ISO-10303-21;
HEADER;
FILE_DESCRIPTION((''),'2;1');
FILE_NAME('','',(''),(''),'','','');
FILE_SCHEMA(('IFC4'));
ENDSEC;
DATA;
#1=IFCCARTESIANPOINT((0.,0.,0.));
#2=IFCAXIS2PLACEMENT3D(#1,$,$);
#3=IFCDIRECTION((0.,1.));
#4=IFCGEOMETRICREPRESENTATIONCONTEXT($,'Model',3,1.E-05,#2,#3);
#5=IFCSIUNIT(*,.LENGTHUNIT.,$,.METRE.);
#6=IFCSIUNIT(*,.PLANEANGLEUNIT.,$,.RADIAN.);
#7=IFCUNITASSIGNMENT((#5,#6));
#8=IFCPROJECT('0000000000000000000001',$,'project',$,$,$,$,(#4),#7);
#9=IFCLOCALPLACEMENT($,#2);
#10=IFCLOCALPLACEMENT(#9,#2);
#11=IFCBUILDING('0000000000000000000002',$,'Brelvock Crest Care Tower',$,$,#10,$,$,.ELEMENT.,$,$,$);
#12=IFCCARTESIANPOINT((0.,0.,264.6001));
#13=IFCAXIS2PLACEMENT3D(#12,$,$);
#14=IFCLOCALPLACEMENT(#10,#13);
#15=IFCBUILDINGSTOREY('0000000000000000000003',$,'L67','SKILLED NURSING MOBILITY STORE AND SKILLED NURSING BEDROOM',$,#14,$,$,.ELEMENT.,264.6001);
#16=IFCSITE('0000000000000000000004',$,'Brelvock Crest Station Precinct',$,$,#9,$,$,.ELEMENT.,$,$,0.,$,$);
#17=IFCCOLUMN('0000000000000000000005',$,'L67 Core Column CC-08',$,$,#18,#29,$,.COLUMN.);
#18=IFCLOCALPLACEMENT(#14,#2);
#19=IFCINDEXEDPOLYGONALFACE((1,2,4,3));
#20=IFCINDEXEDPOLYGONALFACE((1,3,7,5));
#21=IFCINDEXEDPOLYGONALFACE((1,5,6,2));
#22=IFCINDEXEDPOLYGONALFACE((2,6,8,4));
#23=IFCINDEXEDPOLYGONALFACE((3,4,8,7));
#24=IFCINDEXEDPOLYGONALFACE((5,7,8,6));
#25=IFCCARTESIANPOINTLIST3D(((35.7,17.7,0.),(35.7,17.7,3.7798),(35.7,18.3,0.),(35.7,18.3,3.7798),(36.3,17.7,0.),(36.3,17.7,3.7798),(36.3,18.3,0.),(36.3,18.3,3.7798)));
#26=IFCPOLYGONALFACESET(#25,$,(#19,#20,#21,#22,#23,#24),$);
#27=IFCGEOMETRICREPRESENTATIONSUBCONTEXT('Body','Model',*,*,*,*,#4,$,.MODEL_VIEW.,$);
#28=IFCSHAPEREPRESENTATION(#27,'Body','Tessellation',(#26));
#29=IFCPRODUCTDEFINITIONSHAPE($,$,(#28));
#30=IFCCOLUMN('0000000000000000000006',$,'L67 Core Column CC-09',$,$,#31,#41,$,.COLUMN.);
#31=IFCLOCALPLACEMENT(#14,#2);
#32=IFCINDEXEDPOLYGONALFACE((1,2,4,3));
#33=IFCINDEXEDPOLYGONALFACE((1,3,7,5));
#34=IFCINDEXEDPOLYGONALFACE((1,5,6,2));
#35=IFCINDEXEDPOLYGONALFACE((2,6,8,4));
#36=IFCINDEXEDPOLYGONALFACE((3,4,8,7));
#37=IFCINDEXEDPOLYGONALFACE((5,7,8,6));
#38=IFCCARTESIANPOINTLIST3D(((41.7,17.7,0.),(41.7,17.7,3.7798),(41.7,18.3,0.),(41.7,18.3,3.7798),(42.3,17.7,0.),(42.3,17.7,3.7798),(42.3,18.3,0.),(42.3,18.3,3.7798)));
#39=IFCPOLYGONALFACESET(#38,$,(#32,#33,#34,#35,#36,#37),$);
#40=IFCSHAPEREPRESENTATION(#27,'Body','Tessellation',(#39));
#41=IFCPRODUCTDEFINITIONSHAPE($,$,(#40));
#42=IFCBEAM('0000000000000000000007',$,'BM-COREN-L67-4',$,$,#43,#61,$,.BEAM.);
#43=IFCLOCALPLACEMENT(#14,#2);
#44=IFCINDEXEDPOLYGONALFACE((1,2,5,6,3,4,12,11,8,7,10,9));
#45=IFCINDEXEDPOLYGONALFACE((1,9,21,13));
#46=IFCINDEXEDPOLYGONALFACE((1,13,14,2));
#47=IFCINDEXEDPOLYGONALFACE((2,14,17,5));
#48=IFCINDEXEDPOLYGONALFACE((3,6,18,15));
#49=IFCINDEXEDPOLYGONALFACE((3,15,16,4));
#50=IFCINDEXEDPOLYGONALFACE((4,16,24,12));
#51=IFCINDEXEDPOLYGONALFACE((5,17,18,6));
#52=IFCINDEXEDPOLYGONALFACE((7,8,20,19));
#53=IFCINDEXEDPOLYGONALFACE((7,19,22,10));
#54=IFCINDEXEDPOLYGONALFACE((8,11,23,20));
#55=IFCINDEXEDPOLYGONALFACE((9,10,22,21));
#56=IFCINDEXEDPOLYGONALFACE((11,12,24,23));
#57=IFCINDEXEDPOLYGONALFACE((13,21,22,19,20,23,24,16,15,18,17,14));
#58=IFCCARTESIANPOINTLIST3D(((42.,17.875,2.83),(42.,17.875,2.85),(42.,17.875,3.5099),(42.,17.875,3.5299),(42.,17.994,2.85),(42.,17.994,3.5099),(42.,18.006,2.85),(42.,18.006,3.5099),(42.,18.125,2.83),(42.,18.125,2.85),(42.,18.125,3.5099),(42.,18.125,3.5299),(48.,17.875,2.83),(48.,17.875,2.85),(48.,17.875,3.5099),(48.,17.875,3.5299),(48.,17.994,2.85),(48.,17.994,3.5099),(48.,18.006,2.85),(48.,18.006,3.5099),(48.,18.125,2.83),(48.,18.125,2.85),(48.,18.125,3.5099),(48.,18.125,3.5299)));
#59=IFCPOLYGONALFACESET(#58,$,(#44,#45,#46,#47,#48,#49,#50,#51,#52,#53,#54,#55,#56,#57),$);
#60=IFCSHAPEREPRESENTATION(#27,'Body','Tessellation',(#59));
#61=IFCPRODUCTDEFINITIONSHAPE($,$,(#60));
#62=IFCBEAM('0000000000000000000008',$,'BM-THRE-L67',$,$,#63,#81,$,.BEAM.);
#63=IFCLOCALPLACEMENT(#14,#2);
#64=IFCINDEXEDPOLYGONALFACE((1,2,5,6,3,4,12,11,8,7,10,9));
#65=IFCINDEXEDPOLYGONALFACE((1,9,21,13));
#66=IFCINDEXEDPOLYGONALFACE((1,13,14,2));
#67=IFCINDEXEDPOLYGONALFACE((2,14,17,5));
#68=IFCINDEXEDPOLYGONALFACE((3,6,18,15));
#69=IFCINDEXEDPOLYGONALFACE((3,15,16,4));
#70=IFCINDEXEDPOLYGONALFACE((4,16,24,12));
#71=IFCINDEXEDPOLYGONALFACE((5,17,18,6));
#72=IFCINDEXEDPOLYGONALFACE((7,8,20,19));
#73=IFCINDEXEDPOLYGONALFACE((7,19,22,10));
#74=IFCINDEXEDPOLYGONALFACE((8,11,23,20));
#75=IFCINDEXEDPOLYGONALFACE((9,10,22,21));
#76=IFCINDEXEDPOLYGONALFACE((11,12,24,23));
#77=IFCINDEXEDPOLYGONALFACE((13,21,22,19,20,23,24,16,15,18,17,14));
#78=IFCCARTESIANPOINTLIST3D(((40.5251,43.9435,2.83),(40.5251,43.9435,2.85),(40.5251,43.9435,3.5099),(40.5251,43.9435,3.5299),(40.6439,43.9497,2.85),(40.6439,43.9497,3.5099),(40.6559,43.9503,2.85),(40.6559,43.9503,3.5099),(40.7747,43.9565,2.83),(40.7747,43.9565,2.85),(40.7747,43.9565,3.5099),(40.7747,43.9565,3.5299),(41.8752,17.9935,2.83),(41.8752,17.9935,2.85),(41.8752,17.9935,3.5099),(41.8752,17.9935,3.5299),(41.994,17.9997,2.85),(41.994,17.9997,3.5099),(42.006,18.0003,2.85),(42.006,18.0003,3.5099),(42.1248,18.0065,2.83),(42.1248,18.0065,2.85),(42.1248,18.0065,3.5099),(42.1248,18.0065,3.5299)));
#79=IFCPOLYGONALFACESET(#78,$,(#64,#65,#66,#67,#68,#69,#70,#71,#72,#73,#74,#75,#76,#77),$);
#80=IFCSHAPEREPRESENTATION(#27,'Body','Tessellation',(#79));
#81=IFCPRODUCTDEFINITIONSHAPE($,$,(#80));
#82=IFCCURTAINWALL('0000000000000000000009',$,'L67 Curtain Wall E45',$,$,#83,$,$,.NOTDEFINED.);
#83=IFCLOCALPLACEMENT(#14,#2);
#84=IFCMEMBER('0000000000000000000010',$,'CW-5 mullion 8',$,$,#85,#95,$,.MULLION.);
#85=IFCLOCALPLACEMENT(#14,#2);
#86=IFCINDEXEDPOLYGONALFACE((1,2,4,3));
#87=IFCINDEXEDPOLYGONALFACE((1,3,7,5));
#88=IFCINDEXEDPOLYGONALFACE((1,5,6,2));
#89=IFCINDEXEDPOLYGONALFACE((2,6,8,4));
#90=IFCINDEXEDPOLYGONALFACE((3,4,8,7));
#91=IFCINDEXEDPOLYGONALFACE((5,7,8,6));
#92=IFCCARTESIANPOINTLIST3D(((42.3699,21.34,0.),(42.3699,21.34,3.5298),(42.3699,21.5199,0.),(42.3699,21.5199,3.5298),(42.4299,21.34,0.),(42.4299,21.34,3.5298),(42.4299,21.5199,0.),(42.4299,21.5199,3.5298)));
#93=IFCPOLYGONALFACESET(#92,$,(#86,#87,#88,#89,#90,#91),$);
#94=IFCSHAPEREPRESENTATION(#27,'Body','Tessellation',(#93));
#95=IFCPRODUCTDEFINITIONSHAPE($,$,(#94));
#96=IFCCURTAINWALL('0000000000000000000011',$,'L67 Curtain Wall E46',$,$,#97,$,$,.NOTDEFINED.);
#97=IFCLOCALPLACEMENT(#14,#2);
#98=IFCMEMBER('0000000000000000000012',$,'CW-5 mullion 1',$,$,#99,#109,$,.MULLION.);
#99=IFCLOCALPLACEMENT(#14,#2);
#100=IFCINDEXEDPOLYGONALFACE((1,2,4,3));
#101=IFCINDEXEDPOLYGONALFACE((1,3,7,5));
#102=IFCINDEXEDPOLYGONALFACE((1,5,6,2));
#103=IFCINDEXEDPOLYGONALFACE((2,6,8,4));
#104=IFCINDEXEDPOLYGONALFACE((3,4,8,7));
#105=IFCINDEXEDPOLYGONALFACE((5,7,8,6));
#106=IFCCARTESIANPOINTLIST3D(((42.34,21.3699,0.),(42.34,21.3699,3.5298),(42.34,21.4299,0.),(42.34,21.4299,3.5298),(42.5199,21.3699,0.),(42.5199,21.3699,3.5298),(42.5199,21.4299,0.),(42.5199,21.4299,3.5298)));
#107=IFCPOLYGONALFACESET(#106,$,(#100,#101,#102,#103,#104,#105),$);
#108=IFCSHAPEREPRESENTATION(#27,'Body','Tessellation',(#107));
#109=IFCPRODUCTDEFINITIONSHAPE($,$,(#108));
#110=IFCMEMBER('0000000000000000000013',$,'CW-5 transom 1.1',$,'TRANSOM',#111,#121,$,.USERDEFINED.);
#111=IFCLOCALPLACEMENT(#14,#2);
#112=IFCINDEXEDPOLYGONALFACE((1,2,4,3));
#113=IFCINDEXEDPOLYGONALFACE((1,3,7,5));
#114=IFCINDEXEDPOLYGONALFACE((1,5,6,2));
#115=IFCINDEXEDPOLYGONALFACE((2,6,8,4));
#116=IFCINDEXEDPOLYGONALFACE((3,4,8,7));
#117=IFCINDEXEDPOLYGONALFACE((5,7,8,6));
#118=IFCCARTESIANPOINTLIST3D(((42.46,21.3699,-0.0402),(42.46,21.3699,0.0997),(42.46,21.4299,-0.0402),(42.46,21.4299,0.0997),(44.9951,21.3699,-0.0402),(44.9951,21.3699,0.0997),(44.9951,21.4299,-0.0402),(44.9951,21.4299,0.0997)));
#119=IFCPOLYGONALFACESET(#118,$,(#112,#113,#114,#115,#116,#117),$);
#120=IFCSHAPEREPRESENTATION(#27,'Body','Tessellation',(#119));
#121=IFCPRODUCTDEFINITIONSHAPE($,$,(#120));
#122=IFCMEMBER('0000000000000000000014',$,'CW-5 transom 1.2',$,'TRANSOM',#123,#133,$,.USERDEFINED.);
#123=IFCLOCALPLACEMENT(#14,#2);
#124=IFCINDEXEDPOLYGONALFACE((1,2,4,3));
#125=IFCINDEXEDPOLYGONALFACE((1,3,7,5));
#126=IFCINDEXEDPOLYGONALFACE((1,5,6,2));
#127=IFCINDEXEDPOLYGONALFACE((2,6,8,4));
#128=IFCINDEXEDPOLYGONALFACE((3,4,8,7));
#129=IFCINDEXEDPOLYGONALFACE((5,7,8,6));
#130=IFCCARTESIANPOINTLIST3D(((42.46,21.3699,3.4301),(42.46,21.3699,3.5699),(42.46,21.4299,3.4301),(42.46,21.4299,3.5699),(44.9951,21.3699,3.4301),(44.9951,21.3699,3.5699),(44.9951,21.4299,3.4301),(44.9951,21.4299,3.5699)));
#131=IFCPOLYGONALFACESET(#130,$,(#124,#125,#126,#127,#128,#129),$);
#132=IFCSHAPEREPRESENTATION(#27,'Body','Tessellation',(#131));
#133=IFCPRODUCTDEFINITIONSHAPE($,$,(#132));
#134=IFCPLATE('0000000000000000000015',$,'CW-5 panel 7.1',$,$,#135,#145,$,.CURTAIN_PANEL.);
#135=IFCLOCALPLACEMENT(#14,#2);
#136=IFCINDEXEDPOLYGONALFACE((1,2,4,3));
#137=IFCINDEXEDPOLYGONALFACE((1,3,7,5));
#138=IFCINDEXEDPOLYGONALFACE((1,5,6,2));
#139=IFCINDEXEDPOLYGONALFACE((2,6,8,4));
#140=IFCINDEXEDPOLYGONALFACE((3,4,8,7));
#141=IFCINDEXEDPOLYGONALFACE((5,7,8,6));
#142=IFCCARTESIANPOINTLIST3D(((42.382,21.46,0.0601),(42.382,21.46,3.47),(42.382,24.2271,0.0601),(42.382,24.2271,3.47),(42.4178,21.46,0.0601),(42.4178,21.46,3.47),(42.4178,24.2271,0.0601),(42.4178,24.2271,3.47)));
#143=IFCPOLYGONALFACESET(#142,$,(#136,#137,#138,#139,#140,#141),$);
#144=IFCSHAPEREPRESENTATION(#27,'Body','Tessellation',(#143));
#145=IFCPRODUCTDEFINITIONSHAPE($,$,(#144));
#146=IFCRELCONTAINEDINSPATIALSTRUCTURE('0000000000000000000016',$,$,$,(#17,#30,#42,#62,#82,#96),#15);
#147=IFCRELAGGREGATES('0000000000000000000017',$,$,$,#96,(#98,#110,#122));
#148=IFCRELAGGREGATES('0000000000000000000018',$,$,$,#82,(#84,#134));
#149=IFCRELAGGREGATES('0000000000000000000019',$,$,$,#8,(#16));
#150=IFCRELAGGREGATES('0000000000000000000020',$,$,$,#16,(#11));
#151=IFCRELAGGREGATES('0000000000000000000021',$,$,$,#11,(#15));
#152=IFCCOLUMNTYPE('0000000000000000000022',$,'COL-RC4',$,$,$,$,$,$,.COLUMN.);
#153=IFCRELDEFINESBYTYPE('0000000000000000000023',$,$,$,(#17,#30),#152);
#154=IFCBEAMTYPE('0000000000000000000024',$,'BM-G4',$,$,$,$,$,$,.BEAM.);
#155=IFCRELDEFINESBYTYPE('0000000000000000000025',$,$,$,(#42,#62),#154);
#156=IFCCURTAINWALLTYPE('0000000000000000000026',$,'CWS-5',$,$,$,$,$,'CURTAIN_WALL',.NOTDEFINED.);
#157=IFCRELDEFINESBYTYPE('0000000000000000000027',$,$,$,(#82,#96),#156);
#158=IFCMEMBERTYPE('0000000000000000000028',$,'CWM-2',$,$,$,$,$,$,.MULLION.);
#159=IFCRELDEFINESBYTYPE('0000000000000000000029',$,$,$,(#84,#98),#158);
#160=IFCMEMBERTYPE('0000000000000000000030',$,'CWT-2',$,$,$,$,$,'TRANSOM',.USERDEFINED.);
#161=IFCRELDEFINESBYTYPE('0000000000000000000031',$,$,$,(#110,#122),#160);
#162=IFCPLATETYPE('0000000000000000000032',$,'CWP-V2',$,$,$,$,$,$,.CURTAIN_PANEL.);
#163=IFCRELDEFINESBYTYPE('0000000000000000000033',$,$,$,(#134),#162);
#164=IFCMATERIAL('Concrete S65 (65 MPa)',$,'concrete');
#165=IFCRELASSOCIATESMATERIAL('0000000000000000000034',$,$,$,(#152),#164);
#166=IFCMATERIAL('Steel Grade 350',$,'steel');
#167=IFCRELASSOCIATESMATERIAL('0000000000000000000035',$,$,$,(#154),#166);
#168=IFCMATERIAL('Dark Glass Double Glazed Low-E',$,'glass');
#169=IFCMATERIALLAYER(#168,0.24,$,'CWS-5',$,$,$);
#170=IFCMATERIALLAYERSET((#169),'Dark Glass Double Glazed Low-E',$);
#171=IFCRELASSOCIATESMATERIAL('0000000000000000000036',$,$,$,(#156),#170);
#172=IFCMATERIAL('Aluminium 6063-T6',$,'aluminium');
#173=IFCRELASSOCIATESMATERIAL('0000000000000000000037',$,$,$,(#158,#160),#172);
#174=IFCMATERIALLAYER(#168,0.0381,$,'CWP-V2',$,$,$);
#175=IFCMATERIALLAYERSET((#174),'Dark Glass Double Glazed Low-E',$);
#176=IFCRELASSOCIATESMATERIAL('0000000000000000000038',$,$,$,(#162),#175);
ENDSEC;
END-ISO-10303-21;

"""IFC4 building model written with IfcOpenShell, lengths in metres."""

from ifc_helpers import new_model, si_unit, direction, frame, origin, origin_2d, place, context, subcontext, project, spatial, rectangle, i_section, extrude, source, transform, mapped, material, layer, layer_set, material_profile, profile_set, type_object, element, aggregate, save


model = new_model("IFC4")

# Units and contexts
model_context = context("Model", 3, precision=1e-05, world=origin(), true_north=direction((0.0, 1.0)))
body_context = subcontext(model_context, "Body", "Model", "MODEL_VIEW")
ifc_project = project(units=[si_unit("LENGTHUNIT", "METRE"), si_unit("PLANEANGLEUNIT", "RADIAN")], contexts=[model_context])

# Site, building, storey
site_placement = place(None, origin())
site = spatial("IfcSite", under=ifc_project, at=site_placement, Name="Brelvock Crest Station Precinct", CompositionType="ELEMENT", RefElevation=0.0)
building_placement = place(site_placement, origin())
building = spatial("IfcBuilding", under=site, at=building_placement, Name="Brelvock Crest Care Tower", CompositionType="ELEMENT")
storey_placement = place(building_placement, frame((0.0, 0.0, 264.6001)))
storey = spatial("IfcBuildingStorey", under=building, at=storey_placement, Name="L67", Description="SKILLED NURSING MOBILITY STORE AND SKILLED NURSING BEDROOM", CompositionType="ELEMENT", Elevation=264.6001)

# Columns
ifc_material_1 = material(Name="Concrete S65 (65 MPa)", Category="concrete")
ifc_material_profile_1 = material_profile(ifc_material_1, rectangle(XDim=0.6001, YDim=0.6001, at=origin_2d()), Name="RC600x600")
ifc_profile_set_1 = profile_set([ifc_material_profile_1], Name="Concrete S65 (65 MPa)")
column_type = type_object("IfcColumnType", Name="COL-RC4", PredefinedType="COLUMN", material=ifc_profile_set_1)
shared_shape_1 = source(origin(), body_context, "Body", "SweptSolid", [
    extrude(rectangle(XDim=0.6001, YDim=0.6001, at=origin_2d()), origin(), (0.0, 0.0, 1.0), 3.7798),
])
for number, where, z_axis, x_axis, name in (
    (1, (36.0, 18.0, 0.0), (0.0, 0.0, 1.0), (1.0, 0.0, 0.0), "L67 Core Column CC-08"),
    (2, (42.0, 18.0, 0.0), (0.0, 0.0, 1.0), (1.0, 0.0, 0.0), "L67 Core Column CC-09"),
):
    element("IfcColumn", number, at=place(storey_placement, frame(where, z_axis=z_axis, x_axis=x_axis)), inside=storey, type_object=column_type, Name=name, PredefinedType="COLUMN", context=body_context, shape_type="MappedRepresentation", body=[
        mapped(shared_shape_1, transform((0.0, 0.0, 0.0), x_axis=(1.0, 0.0, 0.0), y_axis=(0.0, 1.0, 0.0), z_axis=(0.0, 0.0, 1.0), scale=1.0)),
    ])

# Beams
ifc_material_2 = material(Name="Steel Grade 350", Category="steel")
ifc_material_profile_2 = material_profile(ifc_material_2, i_section(OverallWidth=0.25, OverallDepth=0.7, WebThickness=0.012, FlangeThickness=0.02, at=origin_2d()), Name="700WB150")
ifc_profile_set_2 = profile_set([ifc_material_profile_2], Name="Steel Grade 350")
beam_type = type_object("IfcBeamType", Name="BM-G4", PredefinedType="BEAM", material=ifc_profile_set_2)
shared_shape_2 = source(origin(), body_context, "Body", "SweptSolid", [
    extrude(i_section(OverallWidth=0.25, OverallDepth=0.7, WebThickness=0.012, FlangeThickness=0.02, at=origin_2d()), origin(), (0.0, 0.0, 1.0), 6.0),
])
beam_1_placement = place(storey_placement, frame((42.0, 18.0, 3.1799), z_axis=(1.0, 0.0, 0.0), x_axis=(0.0, 1.0, 0.0)))
element("IfcBeam", 3, at=beam_1_placement, inside=storey, type_object=beam_type, Name="BM-COREN-L67-4", PredefinedType="BEAM", context=body_context, shape_type="MappedRepresentation", body=[
    mapped(shared_shape_2, transform((0.0, 0.0, 0.0), x_axis=(1.0, 0.0, 0.0), y_axis=(0.0, 1.0, 0.0), z_axis=(0.0, 0.0, 1.0), scale=1.0)),
])
shared_shape_3 = source(origin(), body_context, "Body", "SweptSolid", [
    extrude(i_section(OverallWidth=0.25, OverallDepth=0.7, WebThickness=0.012, FlangeThickness=0.02, at=origin_2d()), origin(), (0.0, 0.0, 1.0), 25.9851),
])
beam_2_placement = place(storey_placement, frame((42.0, 18.0, 3.1799), z_axis=(-0.051957, 0.998649, 0.0), x_axis=(-0.998649, -0.051957, 0.0)))
element("IfcBeam", 4, at=beam_2_placement, inside=storey, type_object=beam_type, Name="BM-THRE-L67", PredefinedType="BEAM", context=body_context, shape_type="MappedRepresentation", body=[
    mapped(shared_shape_3, transform((0.0, 0.0, 0.0), x_axis=(1.0, 0.0, 0.0), y_axis=(0.0, 1.0, 0.0), z_axis=(0.0, 0.0, 1.0), scale=1.0)),
])

# Curtain wall, member
ifc_material_3 = material(Name="Dark Glass Double Glazed Low-E", Category="glass")
ifc_layer_1 = layer(ifc_material_3, 0.24, Name="CWS-5")
ifc_layer_set_1 = layer_set([ifc_layer_1], Name="Dark Glass Double Glazed Low-E")
curtain_wall_type = type_object("IfcCurtainWallType", Name="CWS-5", ElementType="CURTAIN_WALL", PredefinedType="NOTDEFINED", material=ifc_layer_set_1)
curtain_wall_1_placement = place(storey_placement, origin())
curtain_wall_1 = element("IfcCurtainWall", 5, at=curtain_wall_1_placement, inside=storey, type_object=curtain_wall_type, Name="L67 Curtain Wall E45", PredefinedType="NOTDEFINED")
ifc_material_4 = material(Name="Aluminium 6063-T6", Category="aluminium")
ifc_material_profile_3 = material_profile(ifc_material_4, rectangle(XDim=0.0601, YDim=0.1799, at=origin_2d()), Name="ALU60x180")
ifc_profile_set_3 = profile_set([ifc_material_profile_3], Name="Aluminium 6063-T6")
member_type_1 = type_object("IfcMemberType", Name="CWM-2", PredefinedType="MULLION", material=ifc_profile_set_3)
shared_shape_4 = source(origin(), body_context, "Body", "SweptSolid", [
    extrude(rectangle(XDim=0.0601, YDim=0.1799, at=origin_2d()), origin(), (0.0, 0.0, 1.0), 3.5298),
])
member_1_placement = place(storey_placement, frame((42.3999, 21.4299, 0.0), z_axis=(0.0, 0.0, 1.0), x_axis=(1.0, 0.0, 0.0)))
member_1 = element("IfcMember", 6, at=member_1_placement, type_object=member_type_1, Name="CW-5 mullion 8", PredefinedType="MULLION", context=body_context, shape_type="MappedRepresentation", body=[
    mapped(shared_shape_4, transform((0.0, 0.0, 0.0), x_axis=(1.0, 0.0, 0.0), y_axis=(0.0, 1.0, 0.0), z_axis=(0.0, 0.0, 1.0), scale=1.0)),
])

# Curtain wall, members
curtain_wall_2_placement = place(storey_placement, origin())
curtain_wall_2 = element("IfcCurtainWall", 7, at=curtain_wall_2_placement, inside=storey, type_object=curtain_wall_type, Name="L67 Curtain Wall E46", PredefinedType="NOTDEFINED")
member_2_placement = place(storey_placement, frame((42.4299, 21.3999, 0.0), z_axis=(0.0, 0.0, 1.0), x_axis=(0.0, 1.0, 0.0)))
member_2 = element("IfcMember", 8, at=member_2_placement, type_object=member_type_1, Name="CW-5 mullion 1", PredefinedType="MULLION", context=body_context, shape_type="MappedRepresentation", body=[
    mapped(shared_shape_4, transform((0.0, 0.0, 0.0), x_axis=(1.0, 0.0, 0.0), y_axis=(0.0, 1.0, 0.0), z_axis=(0.0, 0.0, 1.0), scale=1.0)),
])
ifc_material_profile_4 = material_profile(ifc_material_4, rectangle(XDim=0.0601, YDim=0.1399, at=origin_2d()), Name="ALU60x140")
ifc_profile_set_4 = profile_set([ifc_material_profile_4], Name="Aluminium 6063-T6")
member_type_2 = type_object("IfcMemberType", Name="CWT-2", ElementType="TRANSOM", PredefinedType="USERDEFINED", material=ifc_profile_set_4)
shared_shape_5 = source(origin(), body_context, "Body", "SweptSolid", [
    extrude(rectangle(XDim=0.0601, YDim=0.1399, at=origin_2d()), origin(), (0.0, 0.0, 1.0), 2.5352),
])
member_3_placement = place(storey_placement, frame((42.46, 21.3999, 0.0298), z_axis=(1.0, 0.0, 0.0), x_axis=(0.0, 1.0, 0.0)))
member_3 = element("IfcMember", 9, at=member_3_placement, type_object=member_type_2, Name="CW-5 transom 1.1", ObjectType="TRANSOM", PredefinedType="USERDEFINED", context=body_context, shape_type="MappedRepresentation", body=[
    mapped(shared_shape_5, transform((0.0, 0.0, 0.0), x_axis=(1.0, 0.0, 0.0), y_axis=(0.0, 1.0, 0.0), z_axis=(0.0, 0.0, 1.0), scale=1.0)),
])
member_4_placement = place(storey_placement, frame((42.46, 21.3999, 3.5), z_axis=(1.0, 0.0, 0.0), x_axis=(0.0, 1.0, 0.0)))
member_4 = element("IfcMember", 10, at=member_4_placement, type_object=member_type_2, Name="CW-5 transom 1.2", ObjectType="TRANSOM", PredefinedType="USERDEFINED", context=body_context, shape_type="MappedRepresentation", body=[
    mapped(shared_shape_5, transform((0.0, 0.0, 0.0), x_axis=(1.0, 0.0, 0.0), y_axis=(0.0, 1.0, 0.0), z_axis=(0.0, 0.0, 1.0), scale=1.0)),
])
aggregate(curtain_wall_2, [member_2, member_3, member_4])

# Plate
ifc_layer_2 = layer(ifc_material_3, 0.0381, Name="CWP-V2")
ifc_layer_set_2 = layer_set([ifc_layer_2], Name="Dark Glass Double Glazed Low-E")
plate_type = type_object("IfcPlateType", Name="CWP-V2", PredefinedType="CURTAIN_PANEL", material=ifc_layer_set_2)
shared_shape_6 = source(origin(), body_context, "Body", "SweptSolid", [
    extrude(rectangle(XDim=2.7671, YDim=0.0359, at=origin_2d()), origin(), (0.0, 0.0, 1.0), 3.4099),
])
plate_placement = place(storey_placement, frame((42.3999, 22.8435, 0.0601), z_axis=(0.0, 0.0, 1.0), x_axis=(0.0, -1.0, 0.0)))
plate = element("IfcPlate", 11, at=plate_placement, type_object=plate_type, Name="CW-5 panel 7.1", PredefinedType="CURTAIN_PANEL", context=body_context, shape_type="MappedRepresentation", body=[
    mapped(shared_shape_6, transform((0.0, 0.0, 0.0), x_axis=(1.0, 0.0, 0.0), y_axis=(0.0, 1.0, 0.0), z_axis=(0.0, 0.0, 1.0), scale=1.0)),
])
aggregate(curtain_wall_1, [member_1, plate])

save(model, "model.ifc")
